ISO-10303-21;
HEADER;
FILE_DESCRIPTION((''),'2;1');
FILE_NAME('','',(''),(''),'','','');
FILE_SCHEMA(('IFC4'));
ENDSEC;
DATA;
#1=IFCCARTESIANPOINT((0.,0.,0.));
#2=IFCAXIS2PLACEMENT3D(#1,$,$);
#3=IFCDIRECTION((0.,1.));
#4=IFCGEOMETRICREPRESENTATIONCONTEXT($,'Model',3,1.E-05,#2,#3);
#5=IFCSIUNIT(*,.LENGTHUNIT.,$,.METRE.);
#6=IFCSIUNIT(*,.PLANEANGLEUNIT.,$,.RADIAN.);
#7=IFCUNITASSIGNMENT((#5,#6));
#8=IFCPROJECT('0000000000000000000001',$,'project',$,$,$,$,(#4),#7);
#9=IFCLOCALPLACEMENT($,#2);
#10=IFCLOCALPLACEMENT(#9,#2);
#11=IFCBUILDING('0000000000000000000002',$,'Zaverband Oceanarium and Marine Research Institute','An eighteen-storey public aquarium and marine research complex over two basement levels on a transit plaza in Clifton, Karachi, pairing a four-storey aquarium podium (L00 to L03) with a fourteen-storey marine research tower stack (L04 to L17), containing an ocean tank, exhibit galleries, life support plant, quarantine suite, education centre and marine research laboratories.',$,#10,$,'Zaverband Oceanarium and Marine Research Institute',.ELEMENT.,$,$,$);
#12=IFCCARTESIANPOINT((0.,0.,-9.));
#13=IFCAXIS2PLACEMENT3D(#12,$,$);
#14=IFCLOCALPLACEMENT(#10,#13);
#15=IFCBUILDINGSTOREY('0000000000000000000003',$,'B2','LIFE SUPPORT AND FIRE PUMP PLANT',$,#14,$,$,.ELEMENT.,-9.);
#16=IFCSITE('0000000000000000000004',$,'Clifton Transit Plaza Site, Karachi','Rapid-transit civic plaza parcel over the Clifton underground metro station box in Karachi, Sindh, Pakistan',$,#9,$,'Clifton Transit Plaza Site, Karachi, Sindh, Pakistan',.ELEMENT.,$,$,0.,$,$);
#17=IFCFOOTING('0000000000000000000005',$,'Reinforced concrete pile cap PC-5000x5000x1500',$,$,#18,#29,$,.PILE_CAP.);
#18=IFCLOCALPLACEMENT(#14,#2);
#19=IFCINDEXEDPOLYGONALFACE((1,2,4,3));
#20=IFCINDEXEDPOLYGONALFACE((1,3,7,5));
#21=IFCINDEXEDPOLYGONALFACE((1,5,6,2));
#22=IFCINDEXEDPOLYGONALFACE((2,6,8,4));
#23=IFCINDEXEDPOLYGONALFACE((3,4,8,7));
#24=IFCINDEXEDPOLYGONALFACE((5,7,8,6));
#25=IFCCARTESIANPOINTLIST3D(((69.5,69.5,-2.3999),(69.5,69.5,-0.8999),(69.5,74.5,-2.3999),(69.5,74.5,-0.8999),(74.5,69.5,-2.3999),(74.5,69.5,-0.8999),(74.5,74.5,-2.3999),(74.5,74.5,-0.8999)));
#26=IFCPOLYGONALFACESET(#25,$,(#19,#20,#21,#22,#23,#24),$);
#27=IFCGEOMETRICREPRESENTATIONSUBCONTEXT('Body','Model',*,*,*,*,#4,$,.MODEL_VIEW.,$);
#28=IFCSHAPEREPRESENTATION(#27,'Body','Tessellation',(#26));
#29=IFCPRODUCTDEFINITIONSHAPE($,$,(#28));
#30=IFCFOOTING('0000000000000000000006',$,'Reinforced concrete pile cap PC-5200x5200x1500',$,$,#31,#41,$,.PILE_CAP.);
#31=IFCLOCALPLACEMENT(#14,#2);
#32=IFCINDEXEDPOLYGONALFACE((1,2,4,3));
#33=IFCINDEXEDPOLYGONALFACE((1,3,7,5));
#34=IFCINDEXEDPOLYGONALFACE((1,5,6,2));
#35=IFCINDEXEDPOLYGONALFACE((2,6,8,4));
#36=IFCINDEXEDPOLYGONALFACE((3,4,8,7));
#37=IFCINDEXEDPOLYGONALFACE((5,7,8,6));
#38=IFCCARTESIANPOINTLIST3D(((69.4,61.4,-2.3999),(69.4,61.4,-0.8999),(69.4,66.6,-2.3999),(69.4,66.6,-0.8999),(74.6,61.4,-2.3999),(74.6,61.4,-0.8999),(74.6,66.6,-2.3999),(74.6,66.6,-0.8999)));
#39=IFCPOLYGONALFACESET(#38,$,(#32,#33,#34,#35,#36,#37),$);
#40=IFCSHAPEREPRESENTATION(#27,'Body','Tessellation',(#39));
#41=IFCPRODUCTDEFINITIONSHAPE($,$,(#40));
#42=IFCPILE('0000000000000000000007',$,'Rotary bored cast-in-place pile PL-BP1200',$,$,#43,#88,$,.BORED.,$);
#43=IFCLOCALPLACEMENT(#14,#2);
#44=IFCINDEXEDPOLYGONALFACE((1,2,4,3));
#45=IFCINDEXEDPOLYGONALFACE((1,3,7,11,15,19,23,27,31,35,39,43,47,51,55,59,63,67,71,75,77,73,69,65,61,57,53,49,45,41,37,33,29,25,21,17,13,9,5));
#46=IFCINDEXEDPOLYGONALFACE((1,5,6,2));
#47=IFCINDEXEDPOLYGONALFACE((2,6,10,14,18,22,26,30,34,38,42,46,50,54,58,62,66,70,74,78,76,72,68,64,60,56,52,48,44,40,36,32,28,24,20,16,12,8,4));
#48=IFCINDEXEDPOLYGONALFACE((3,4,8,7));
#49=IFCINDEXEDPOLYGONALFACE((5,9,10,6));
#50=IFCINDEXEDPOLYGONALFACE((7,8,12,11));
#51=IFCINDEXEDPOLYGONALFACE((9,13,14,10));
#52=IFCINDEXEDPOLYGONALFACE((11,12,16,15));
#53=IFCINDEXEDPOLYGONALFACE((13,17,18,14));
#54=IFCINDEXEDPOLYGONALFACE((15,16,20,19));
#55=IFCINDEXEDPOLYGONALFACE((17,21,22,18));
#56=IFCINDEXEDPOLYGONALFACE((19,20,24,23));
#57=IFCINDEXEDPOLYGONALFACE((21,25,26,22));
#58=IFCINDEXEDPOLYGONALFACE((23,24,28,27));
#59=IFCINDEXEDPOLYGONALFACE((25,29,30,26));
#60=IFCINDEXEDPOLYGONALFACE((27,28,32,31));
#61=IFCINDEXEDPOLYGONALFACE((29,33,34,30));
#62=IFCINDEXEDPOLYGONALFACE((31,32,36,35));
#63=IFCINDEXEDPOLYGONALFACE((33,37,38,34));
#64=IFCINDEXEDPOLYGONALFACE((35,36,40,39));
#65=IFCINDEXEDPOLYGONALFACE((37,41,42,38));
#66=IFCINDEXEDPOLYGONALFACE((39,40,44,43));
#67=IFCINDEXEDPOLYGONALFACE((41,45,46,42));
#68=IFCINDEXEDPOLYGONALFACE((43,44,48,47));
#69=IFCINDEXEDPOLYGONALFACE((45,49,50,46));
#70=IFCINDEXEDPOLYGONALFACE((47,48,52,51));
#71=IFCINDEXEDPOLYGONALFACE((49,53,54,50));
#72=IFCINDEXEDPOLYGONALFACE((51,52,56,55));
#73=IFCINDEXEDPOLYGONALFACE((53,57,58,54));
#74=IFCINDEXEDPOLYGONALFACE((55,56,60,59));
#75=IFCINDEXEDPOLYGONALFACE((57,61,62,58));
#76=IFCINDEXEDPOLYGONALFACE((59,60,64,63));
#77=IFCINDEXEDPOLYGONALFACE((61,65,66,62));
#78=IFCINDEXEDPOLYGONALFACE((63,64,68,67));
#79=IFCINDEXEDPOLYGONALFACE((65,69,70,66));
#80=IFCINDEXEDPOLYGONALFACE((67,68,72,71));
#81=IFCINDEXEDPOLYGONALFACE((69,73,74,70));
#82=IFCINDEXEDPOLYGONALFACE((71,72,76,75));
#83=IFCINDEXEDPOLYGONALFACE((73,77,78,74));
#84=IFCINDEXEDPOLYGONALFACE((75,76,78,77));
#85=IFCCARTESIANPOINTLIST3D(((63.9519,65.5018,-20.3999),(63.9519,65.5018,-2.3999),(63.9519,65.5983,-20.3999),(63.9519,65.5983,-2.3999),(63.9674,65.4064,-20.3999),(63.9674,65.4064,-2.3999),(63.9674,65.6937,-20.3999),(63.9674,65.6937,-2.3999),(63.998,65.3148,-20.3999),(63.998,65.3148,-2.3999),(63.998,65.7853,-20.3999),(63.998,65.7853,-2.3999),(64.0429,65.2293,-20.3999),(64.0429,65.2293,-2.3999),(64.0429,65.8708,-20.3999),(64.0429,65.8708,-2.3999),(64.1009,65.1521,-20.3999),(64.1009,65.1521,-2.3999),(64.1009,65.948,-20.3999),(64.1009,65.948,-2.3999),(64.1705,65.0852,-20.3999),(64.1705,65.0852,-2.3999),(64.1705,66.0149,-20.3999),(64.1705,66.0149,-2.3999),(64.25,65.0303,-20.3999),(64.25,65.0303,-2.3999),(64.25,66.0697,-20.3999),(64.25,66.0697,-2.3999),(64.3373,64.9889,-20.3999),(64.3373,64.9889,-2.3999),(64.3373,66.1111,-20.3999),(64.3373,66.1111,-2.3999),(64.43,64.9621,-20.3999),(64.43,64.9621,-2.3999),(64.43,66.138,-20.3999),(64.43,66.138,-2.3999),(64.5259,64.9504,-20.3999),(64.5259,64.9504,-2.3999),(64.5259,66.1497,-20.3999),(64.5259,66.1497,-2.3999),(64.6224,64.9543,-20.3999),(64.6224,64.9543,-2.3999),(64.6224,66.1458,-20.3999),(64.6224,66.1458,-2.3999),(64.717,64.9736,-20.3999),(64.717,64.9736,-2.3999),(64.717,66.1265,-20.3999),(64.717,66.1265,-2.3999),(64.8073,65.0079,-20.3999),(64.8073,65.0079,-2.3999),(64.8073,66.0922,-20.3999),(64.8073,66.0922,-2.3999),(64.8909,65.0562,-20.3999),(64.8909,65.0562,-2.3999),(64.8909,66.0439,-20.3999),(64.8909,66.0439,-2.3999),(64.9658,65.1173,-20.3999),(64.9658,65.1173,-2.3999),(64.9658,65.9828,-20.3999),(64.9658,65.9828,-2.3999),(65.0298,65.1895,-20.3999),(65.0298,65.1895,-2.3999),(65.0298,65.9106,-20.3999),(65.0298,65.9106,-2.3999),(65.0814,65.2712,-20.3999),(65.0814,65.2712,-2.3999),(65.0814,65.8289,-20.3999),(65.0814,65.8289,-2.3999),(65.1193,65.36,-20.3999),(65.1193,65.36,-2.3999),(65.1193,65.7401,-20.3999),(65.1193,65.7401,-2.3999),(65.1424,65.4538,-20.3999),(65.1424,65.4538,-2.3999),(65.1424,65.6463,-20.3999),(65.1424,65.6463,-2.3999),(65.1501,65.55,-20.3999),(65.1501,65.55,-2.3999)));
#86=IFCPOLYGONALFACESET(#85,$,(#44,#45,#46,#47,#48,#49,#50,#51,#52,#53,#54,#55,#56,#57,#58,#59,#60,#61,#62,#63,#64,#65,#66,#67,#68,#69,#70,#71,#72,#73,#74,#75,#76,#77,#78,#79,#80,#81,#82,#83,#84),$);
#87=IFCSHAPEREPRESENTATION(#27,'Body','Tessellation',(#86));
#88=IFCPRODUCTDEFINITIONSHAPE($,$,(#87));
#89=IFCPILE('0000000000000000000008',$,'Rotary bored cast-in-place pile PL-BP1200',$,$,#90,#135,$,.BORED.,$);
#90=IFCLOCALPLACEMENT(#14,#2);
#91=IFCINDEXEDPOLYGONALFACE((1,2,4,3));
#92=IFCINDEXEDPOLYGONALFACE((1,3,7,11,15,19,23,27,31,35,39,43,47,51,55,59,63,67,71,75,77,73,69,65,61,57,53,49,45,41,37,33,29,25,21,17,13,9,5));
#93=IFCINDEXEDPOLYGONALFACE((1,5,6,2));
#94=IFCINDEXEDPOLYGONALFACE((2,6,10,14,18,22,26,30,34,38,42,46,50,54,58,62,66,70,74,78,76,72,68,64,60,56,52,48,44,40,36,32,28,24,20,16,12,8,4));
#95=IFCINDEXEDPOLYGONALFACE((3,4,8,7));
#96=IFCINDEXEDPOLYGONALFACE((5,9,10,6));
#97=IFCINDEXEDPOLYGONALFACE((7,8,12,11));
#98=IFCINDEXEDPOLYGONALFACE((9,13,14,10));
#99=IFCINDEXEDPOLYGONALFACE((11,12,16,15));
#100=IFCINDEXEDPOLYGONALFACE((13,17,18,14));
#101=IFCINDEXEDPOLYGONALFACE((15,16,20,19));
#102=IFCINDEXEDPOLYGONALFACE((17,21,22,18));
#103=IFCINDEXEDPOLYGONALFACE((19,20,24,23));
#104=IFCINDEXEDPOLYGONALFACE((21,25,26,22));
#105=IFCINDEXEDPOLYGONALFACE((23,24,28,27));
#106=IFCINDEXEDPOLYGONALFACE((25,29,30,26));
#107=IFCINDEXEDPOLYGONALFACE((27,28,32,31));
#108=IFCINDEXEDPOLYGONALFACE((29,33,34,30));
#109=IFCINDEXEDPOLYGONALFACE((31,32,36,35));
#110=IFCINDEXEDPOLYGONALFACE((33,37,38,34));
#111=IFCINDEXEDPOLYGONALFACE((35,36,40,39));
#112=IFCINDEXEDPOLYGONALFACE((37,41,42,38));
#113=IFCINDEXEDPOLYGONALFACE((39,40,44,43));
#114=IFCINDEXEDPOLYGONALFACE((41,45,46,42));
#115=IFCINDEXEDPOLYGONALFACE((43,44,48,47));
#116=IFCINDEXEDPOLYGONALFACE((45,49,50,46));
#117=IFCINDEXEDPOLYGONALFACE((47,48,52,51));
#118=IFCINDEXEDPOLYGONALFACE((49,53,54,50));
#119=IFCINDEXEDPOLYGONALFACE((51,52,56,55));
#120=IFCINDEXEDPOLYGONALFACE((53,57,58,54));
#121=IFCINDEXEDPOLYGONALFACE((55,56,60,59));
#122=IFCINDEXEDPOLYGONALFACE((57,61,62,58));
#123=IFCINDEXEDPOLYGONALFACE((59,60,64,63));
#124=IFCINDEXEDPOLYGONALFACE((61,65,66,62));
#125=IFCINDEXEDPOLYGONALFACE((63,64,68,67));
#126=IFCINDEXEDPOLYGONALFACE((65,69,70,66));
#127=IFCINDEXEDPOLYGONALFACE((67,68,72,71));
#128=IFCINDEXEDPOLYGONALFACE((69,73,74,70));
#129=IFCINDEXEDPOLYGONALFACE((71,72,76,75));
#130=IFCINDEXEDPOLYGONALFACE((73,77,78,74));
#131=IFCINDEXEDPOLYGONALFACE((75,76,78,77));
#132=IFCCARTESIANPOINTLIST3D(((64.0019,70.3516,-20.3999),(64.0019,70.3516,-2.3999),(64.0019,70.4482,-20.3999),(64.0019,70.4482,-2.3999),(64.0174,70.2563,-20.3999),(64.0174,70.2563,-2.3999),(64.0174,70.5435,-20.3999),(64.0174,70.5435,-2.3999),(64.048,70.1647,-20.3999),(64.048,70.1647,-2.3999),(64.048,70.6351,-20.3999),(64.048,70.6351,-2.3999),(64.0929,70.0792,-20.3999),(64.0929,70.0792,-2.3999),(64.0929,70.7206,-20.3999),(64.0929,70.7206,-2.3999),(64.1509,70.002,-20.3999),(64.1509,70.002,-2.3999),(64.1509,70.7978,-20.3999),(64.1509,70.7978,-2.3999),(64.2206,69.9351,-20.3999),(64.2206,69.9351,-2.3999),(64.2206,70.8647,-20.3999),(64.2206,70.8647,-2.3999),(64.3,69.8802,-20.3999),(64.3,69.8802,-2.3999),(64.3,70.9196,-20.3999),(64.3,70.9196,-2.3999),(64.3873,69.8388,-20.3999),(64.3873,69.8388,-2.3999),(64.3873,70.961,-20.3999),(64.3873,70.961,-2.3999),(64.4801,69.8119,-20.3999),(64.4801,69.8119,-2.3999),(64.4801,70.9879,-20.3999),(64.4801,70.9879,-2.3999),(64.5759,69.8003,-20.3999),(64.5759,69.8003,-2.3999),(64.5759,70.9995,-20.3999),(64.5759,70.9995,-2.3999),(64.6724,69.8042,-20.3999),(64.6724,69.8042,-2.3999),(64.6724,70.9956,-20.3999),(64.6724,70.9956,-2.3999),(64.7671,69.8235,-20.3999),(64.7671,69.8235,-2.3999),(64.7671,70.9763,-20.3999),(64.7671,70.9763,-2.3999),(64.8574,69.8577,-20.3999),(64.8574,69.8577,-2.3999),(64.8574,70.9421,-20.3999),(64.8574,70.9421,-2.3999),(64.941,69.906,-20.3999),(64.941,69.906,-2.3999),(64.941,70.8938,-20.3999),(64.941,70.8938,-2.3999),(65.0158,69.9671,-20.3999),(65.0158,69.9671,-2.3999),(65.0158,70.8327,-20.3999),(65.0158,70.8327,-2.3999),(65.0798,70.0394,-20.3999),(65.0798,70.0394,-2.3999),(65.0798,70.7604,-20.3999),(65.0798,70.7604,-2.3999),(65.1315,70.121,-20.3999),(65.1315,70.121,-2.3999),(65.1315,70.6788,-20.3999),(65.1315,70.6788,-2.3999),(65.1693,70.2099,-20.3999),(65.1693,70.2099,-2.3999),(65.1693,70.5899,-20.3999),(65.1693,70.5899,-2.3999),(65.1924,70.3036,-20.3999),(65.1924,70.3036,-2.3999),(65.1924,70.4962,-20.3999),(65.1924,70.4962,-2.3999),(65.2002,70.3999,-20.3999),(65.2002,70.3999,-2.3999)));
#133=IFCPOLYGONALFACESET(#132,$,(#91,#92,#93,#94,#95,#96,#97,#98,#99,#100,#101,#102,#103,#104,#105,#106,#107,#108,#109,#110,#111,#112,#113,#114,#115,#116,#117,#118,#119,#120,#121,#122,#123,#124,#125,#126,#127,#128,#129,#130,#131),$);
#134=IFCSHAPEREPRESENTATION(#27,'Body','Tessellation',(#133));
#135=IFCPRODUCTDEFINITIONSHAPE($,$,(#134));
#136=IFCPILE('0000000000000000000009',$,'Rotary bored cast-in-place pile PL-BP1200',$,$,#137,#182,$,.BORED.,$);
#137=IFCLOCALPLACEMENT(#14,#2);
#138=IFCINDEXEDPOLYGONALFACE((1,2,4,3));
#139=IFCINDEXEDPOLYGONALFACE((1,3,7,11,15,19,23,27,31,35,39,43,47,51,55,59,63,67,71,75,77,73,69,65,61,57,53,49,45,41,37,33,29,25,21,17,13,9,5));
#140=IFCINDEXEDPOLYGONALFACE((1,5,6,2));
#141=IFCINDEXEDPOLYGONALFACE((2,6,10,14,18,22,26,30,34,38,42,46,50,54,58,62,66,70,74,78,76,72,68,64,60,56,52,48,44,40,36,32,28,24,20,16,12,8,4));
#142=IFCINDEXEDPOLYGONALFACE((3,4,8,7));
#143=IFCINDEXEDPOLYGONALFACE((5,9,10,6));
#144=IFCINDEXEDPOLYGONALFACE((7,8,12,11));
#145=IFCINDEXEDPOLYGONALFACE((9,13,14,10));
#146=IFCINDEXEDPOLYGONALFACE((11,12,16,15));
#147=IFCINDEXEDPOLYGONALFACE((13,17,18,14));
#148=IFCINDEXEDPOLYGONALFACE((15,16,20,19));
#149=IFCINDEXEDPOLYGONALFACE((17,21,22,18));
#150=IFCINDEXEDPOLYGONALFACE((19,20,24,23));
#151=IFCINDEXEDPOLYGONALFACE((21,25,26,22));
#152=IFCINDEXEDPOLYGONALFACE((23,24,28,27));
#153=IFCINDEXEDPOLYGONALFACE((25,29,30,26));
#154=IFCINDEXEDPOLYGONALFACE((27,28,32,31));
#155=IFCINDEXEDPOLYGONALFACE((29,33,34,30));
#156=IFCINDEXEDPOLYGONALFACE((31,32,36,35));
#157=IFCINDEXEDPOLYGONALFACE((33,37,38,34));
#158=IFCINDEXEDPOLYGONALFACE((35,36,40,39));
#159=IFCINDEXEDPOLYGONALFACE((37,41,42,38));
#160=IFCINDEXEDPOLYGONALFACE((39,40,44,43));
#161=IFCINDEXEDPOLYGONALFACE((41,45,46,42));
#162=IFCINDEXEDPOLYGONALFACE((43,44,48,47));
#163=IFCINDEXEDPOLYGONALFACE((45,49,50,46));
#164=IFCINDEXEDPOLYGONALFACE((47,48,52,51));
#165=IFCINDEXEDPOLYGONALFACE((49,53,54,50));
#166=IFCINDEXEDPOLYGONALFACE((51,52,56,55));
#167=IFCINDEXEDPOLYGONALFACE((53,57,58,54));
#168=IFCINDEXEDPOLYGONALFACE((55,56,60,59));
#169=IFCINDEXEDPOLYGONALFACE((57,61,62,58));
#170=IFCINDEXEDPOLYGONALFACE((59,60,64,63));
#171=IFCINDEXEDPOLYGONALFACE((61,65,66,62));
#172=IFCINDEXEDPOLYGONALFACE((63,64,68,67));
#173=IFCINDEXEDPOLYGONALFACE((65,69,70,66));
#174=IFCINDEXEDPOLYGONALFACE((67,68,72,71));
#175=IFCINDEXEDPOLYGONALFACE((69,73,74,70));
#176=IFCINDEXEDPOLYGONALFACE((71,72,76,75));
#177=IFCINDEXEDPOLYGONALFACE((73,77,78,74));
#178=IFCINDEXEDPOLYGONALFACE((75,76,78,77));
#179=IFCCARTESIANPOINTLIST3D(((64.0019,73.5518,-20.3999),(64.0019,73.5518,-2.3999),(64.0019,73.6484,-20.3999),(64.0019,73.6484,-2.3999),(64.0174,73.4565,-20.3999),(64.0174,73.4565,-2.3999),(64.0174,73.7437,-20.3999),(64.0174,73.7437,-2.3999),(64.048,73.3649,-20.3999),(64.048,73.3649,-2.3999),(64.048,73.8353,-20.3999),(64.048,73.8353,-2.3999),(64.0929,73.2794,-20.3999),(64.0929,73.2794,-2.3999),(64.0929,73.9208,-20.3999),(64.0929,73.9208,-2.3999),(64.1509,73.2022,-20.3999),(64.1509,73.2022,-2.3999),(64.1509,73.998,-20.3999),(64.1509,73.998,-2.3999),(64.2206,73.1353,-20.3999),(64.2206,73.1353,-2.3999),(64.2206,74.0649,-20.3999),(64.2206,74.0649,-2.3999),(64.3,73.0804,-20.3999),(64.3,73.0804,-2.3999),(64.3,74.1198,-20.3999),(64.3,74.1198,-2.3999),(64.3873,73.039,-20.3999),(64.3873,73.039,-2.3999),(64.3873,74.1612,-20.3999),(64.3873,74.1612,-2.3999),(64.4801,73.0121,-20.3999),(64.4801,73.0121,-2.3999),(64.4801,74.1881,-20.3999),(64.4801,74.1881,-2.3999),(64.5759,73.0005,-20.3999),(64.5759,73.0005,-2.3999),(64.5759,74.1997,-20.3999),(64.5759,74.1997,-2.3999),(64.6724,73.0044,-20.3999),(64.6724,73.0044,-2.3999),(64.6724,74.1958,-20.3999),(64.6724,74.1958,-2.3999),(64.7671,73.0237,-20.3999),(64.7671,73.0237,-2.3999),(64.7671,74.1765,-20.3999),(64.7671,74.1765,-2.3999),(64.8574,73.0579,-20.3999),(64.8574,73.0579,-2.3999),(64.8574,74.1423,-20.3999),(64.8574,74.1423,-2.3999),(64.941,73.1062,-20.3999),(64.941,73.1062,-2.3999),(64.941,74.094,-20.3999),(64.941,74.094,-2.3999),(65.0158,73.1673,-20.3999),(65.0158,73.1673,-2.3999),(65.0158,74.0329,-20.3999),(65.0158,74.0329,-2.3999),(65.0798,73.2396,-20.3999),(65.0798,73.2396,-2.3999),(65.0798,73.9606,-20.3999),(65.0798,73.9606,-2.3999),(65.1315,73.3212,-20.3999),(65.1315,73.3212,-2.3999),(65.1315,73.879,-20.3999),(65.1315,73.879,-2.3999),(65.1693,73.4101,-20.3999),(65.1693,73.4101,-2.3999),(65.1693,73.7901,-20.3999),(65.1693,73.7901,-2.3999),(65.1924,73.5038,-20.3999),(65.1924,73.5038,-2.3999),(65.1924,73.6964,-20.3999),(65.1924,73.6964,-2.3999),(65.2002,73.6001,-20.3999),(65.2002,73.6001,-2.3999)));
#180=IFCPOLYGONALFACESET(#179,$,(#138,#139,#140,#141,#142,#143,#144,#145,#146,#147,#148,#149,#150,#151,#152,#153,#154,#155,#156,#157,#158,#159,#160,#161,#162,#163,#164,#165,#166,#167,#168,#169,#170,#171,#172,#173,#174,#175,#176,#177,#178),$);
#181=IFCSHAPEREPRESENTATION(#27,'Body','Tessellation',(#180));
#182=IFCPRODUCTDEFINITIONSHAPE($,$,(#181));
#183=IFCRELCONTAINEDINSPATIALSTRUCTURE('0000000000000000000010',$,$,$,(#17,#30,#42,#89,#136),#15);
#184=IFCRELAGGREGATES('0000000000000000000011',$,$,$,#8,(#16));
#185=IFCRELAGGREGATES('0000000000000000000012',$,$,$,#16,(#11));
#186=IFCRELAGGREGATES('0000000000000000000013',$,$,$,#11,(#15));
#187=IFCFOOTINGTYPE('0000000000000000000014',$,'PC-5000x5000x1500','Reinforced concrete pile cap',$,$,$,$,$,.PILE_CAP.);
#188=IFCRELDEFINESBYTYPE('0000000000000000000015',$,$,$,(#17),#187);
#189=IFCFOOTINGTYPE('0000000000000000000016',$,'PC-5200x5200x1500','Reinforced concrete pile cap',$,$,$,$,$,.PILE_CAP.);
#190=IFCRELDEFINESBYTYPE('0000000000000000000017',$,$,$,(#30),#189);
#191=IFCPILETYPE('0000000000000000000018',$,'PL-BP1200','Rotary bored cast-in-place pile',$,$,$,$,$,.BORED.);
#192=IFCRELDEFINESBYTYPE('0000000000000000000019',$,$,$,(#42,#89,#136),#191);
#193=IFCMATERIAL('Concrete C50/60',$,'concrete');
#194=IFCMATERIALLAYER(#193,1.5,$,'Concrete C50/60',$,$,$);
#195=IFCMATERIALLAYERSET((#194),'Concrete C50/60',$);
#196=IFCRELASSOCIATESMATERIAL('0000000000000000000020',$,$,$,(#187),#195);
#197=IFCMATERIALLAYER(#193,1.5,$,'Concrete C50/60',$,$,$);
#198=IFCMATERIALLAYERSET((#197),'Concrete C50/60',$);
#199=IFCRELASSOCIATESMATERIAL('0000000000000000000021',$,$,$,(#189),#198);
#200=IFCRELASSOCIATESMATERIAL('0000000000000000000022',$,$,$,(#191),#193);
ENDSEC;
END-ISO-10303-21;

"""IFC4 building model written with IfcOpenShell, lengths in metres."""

from ifc_helpers import new_model, si_unit, direction, frame, origin, origin_2d, place, context, subcontext, project, spatial, rectangle, circle, extrude, material, layer, layer_set, material_profile, profile_set, type_object, element, save


model = new_model("IFC4")

# Units and contexts
model_context = context("Model", 3, precision=1e-05, world=origin(), true_north=direction((0.0, 1.0)))
body_context = subcontext(model_context, "Body", "Model", "MODEL_VIEW")
ifc_project = project(units=[si_unit("LENGTHUNIT", "METRE"), si_unit("PLANEANGLEUNIT", "RADIAN")], contexts=[model_context])

# Site, building, storey
site_placement = place(None, origin())
site = spatial("IfcSite", under=ifc_project, at=site_placement, Name="Clifton Transit Plaza Site, Karachi", Description="Rapid-transit civic plaza parcel over the Clifton underground metro station box in Karachi, Sindh, Pakistan", LongName="Clifton Transit Plaza Site, Karachi, Sindh, Pakistan", CompositionType="ELEMENT", RefElevation=0.0)
building_placement = place(site_placement, origin())
building = spatial("IfcBuilding", under=site, at=building_placement, Name="Zaverband Oceanarium and Marine Research Institute", Description="An eighteen-storey public aquarium and marine research complex over two basement levels on a transit plaza in Clifton, Karachi, pairing a four-storey aquarium podium (L00 to L03) with a fourteen-storey marine research tower stack (L04 to L17), containing an ocean tank, exhibit galleries, life support plant, quarantine suite, education centre and marine research laboratories.", LongName="Zaverband Oceanarium and Marine Research Institute", CompositionType="ELEMENT")
storey_placement = place(building_placement, frame((0.0, 0.0, -9.0)))
storey = spatial("IfcBuildingStorey", under=building, at=storey_placement, Name="B2", Description="LIFE SUPPORT AND FIRE PUMP PLANT", CompositionType="ELEMENT", Elevation=-9.0)

# Footings
ifc_material_1 = material(Name="Concrete C50/60", Category="concrete")
ifc_layer_1 = layer(ifc_material_1, 1.5, Name="Concrete C50/60")
ifc_layer_set_1 = layer_set([ifc_layer_1], Name="Concrete C50/60")
footing_type_1 = type_object("IfcFootingType", Name="PC-5000x5000x1500", Description="Reinforced concrete pile cap", PredefinedType="PILE_CAP", material=ifc_layer_set_1)
footing_1_placement = place(storey_placement, frame((72.0, 72.0, -2.3999), z_axis=(0.0, 0.0, 1.0), x_axis=(1.0, 0.0, 0.0)))
element("IfcFooting", 1, at=footing_1_placement, inside=storey, type_object=footing_type_1, Name="Reinforced concrete pile cap PC-5000x5000x1500", PredefinedType="PILE_CAP", context=body_context, shape_type="SweptSolid", body=[
    extrude(rectangle(XDim=5.0, YDim=5.0, at=origin_2d()), origin(), (0.0, 0.0, 1.0), 1.5),
])
ifc_layer_2 = layer(ifc_material_1, 1.5, Name="Concrete C50/60")
ifc_layer_set_2 = layer_set([ifc_layer_2], Name="Concrete C50/60")
footing_type_2 = type_object("IfcFootingType", Name="PC-5200x5200x1500", Description="Reinforced concrete pile cap", PredefinedType="PILE_CAP", material=ifc_layer_set_2)
footing_2_placement = place(storey_placement, frame((72.0, 64.0, -2.3999), z_axis=(0.0, 0.0, 1.0), x_axis=(1.0, 0.0, 0.0)))
element("IfcFooting", 2, at=footing_2_placement, inside=storey, type_object=footing_type_2, Name="Reinforced concrete pile cap PC-5200x5200x1500", PredefinedType="PILE_CAP", context=body_context, shape_type="SweptSolid", body=[
    extrude(rectangle(XDim=5.2, YDim=5.2, at=origin_2d()), origin(), (0.0, 0.0, 1.0), 1.5),
])

# Piles
ifc_material_profile_1 = material_profile(ifc_material_1, circle(Radius=0.6001, at=origin_2d()), Name="BP1200")
ifc_profile_set_1 = profile_set([ifc_material_profile_1], Name="Concrete C50/60")
pile_type = type_object("IfcPileType", Name="PL-BP1200", Description="Rotary bored cast-in-place pile", PredefinedType="BORED", material=ifc_profile_set_1)
for number, where, z_axis, x_axis, name in (
    (3, (64.55, 65.55, -2.3999), (0.0, 0.0, -1.0), (1.0, 0.0, 0.0), "Rotary bored cast-in-place pile PL-BP1200"),
    (4, (64.6001, 70.3999, -2.3999), (0.0, 0.0, -1.0), (1.0, 0.0, 0.0), "Rotary bored cast-in-place pile PL-BP1200"),
    (5, (64.6001, 73.6001, -2.3999), (0.0, 0.0, -1.0), (1.0, 0.0, 0.0), "Rotary bored cast-in-place pile PL-BP1200"),
):
    element("IfcPile", number, at=place(storey_placement, frame(where, z_axis=z_axis, x_axis=x_axis)), inside=storey, type_object=pile_type, Name=name, PredefinedType="BORED", context=body_context, shape_type="SweptSolid", body=[
        extrude(circle(Radius=0.6001, at=origin_2d()), origin(), (0.0, 0.0, 1.0), 18.0),
    ])

save(model, "model.ifc")
